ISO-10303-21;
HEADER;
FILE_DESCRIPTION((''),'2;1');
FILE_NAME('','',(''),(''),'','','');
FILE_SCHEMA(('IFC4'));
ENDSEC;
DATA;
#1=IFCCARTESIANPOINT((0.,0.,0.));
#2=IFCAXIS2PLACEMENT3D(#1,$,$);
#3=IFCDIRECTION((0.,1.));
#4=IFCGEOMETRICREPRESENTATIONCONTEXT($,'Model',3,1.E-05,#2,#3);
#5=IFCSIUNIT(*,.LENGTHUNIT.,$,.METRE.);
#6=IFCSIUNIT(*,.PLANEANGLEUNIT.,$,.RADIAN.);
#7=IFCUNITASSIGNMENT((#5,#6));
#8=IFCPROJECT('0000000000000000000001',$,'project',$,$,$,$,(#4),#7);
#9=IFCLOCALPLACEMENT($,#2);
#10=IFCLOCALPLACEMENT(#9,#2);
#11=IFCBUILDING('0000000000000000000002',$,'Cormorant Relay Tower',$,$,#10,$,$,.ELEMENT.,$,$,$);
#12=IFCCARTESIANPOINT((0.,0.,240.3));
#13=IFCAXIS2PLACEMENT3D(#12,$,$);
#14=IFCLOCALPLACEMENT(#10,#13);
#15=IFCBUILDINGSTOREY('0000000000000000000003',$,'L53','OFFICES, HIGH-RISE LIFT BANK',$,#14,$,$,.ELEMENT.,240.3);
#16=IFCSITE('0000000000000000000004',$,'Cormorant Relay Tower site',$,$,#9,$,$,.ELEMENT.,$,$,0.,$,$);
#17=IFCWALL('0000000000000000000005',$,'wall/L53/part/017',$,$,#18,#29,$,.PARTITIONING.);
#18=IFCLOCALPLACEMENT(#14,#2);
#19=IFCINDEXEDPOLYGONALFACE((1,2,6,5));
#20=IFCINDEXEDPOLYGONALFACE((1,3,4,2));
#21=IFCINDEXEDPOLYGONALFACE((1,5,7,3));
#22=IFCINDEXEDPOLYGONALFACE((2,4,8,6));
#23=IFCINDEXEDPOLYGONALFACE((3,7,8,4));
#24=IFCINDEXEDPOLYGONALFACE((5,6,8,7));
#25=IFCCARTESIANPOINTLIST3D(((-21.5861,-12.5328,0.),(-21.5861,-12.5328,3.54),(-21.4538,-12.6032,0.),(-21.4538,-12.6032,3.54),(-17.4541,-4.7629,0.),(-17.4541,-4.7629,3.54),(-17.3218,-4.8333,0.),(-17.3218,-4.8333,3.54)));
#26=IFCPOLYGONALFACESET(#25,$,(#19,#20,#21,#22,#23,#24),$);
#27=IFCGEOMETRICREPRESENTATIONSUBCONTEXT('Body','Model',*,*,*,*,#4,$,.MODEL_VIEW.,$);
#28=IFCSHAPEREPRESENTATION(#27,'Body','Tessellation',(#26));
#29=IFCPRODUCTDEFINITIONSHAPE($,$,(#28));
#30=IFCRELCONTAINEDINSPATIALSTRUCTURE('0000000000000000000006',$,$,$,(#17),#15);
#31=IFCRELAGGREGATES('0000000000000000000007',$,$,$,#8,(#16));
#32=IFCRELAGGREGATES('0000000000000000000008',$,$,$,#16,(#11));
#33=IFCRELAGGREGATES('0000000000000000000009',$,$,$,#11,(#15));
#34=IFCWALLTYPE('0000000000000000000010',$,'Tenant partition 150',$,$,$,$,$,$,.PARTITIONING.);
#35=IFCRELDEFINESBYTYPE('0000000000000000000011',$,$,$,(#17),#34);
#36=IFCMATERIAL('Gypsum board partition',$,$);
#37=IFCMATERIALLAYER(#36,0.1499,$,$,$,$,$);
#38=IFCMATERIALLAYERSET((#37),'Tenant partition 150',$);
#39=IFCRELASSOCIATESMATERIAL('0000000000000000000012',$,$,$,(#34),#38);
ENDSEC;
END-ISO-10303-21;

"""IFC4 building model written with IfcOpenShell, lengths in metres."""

from ifc_helpers import new_model, si_unit, direction, frame, frame_2d, origin, place, context, subcontext, project, spatial, rectangle, extrude, material, layer, layer_set, type_object, element, save


model = new_model("IFC4")

# Units and contexts
model_context = context("Model", 3, precision=1e-05, world=origin(), true_north=direction((0.0, 1.0)))
body_context = subcontext(model_context, "Body", "Model", "MODEL_VIEW")
ifc_project = project(units=[si_unit("LENGTHUNIT", "METRE"), si_unit("PLANEANGLEUNIT", "RADIAN")], contexts=[model_context])

# Site, building, storey
site_placement = place(None, origin())
site = spatial("IfcSite", under=ifc_project, at=site_placement, Name="Cormorant Relay Tower site", CompositionType="ELEMENT", RefElevation=0.0)
building_placement = place(site_placement, origin())
building = spatial("IfcBuilding", under=site, at=building_placement, Name="Cormorant Relay Tower", CompositionType="ELEMENT")
storey_placement = place(building_placement, frame((0.0, 0.0, 240.3)))
storey = spatial("IfcBuildingStorey", under=building, at=storey_placement, Name="L53", Description="OFFICES, HIGH-RISE LIFT BANK", CompositionType="ELEMENT", Elevation=240.3)

# Wall
ifc_material_1 = material(Name="Gypsum board partition")
ifc_layer_1 = layer(ifc_material_1, 0.1499)
ifc_layer_set_1 = layer_set([ifc_layer_1], Name="Tenant partition 150")
wall_type_1 = type_object("IfcWallType", Name="Tenant partition 150", PredefinedType="PARTITIONING", material=ifc_layer_set_1)
wall_1_placement = place(storey_placement, frame((-17.3879, -4.7981, 0.0), z_axis=(0.0, 0.0, 1.0), x_axis=(-0.469532, -0.882915, 0.0)))
element("IfcWall", 1, at=wall_1_placement, inside=storey, type_object=wall_type_1, Name="wall/L53/part/017", PredefinedType="PARTITIONING", context=body_context, shape_type="SweptSolid", body=[
    extrude(rectangle(XDim=8.8003, YDim=0.1499, at=frame_2d((4.4001, 0.0))), origin(), (0.0, 0.0, 1.0), 3.54),
])

save(model, "model.ifc")
